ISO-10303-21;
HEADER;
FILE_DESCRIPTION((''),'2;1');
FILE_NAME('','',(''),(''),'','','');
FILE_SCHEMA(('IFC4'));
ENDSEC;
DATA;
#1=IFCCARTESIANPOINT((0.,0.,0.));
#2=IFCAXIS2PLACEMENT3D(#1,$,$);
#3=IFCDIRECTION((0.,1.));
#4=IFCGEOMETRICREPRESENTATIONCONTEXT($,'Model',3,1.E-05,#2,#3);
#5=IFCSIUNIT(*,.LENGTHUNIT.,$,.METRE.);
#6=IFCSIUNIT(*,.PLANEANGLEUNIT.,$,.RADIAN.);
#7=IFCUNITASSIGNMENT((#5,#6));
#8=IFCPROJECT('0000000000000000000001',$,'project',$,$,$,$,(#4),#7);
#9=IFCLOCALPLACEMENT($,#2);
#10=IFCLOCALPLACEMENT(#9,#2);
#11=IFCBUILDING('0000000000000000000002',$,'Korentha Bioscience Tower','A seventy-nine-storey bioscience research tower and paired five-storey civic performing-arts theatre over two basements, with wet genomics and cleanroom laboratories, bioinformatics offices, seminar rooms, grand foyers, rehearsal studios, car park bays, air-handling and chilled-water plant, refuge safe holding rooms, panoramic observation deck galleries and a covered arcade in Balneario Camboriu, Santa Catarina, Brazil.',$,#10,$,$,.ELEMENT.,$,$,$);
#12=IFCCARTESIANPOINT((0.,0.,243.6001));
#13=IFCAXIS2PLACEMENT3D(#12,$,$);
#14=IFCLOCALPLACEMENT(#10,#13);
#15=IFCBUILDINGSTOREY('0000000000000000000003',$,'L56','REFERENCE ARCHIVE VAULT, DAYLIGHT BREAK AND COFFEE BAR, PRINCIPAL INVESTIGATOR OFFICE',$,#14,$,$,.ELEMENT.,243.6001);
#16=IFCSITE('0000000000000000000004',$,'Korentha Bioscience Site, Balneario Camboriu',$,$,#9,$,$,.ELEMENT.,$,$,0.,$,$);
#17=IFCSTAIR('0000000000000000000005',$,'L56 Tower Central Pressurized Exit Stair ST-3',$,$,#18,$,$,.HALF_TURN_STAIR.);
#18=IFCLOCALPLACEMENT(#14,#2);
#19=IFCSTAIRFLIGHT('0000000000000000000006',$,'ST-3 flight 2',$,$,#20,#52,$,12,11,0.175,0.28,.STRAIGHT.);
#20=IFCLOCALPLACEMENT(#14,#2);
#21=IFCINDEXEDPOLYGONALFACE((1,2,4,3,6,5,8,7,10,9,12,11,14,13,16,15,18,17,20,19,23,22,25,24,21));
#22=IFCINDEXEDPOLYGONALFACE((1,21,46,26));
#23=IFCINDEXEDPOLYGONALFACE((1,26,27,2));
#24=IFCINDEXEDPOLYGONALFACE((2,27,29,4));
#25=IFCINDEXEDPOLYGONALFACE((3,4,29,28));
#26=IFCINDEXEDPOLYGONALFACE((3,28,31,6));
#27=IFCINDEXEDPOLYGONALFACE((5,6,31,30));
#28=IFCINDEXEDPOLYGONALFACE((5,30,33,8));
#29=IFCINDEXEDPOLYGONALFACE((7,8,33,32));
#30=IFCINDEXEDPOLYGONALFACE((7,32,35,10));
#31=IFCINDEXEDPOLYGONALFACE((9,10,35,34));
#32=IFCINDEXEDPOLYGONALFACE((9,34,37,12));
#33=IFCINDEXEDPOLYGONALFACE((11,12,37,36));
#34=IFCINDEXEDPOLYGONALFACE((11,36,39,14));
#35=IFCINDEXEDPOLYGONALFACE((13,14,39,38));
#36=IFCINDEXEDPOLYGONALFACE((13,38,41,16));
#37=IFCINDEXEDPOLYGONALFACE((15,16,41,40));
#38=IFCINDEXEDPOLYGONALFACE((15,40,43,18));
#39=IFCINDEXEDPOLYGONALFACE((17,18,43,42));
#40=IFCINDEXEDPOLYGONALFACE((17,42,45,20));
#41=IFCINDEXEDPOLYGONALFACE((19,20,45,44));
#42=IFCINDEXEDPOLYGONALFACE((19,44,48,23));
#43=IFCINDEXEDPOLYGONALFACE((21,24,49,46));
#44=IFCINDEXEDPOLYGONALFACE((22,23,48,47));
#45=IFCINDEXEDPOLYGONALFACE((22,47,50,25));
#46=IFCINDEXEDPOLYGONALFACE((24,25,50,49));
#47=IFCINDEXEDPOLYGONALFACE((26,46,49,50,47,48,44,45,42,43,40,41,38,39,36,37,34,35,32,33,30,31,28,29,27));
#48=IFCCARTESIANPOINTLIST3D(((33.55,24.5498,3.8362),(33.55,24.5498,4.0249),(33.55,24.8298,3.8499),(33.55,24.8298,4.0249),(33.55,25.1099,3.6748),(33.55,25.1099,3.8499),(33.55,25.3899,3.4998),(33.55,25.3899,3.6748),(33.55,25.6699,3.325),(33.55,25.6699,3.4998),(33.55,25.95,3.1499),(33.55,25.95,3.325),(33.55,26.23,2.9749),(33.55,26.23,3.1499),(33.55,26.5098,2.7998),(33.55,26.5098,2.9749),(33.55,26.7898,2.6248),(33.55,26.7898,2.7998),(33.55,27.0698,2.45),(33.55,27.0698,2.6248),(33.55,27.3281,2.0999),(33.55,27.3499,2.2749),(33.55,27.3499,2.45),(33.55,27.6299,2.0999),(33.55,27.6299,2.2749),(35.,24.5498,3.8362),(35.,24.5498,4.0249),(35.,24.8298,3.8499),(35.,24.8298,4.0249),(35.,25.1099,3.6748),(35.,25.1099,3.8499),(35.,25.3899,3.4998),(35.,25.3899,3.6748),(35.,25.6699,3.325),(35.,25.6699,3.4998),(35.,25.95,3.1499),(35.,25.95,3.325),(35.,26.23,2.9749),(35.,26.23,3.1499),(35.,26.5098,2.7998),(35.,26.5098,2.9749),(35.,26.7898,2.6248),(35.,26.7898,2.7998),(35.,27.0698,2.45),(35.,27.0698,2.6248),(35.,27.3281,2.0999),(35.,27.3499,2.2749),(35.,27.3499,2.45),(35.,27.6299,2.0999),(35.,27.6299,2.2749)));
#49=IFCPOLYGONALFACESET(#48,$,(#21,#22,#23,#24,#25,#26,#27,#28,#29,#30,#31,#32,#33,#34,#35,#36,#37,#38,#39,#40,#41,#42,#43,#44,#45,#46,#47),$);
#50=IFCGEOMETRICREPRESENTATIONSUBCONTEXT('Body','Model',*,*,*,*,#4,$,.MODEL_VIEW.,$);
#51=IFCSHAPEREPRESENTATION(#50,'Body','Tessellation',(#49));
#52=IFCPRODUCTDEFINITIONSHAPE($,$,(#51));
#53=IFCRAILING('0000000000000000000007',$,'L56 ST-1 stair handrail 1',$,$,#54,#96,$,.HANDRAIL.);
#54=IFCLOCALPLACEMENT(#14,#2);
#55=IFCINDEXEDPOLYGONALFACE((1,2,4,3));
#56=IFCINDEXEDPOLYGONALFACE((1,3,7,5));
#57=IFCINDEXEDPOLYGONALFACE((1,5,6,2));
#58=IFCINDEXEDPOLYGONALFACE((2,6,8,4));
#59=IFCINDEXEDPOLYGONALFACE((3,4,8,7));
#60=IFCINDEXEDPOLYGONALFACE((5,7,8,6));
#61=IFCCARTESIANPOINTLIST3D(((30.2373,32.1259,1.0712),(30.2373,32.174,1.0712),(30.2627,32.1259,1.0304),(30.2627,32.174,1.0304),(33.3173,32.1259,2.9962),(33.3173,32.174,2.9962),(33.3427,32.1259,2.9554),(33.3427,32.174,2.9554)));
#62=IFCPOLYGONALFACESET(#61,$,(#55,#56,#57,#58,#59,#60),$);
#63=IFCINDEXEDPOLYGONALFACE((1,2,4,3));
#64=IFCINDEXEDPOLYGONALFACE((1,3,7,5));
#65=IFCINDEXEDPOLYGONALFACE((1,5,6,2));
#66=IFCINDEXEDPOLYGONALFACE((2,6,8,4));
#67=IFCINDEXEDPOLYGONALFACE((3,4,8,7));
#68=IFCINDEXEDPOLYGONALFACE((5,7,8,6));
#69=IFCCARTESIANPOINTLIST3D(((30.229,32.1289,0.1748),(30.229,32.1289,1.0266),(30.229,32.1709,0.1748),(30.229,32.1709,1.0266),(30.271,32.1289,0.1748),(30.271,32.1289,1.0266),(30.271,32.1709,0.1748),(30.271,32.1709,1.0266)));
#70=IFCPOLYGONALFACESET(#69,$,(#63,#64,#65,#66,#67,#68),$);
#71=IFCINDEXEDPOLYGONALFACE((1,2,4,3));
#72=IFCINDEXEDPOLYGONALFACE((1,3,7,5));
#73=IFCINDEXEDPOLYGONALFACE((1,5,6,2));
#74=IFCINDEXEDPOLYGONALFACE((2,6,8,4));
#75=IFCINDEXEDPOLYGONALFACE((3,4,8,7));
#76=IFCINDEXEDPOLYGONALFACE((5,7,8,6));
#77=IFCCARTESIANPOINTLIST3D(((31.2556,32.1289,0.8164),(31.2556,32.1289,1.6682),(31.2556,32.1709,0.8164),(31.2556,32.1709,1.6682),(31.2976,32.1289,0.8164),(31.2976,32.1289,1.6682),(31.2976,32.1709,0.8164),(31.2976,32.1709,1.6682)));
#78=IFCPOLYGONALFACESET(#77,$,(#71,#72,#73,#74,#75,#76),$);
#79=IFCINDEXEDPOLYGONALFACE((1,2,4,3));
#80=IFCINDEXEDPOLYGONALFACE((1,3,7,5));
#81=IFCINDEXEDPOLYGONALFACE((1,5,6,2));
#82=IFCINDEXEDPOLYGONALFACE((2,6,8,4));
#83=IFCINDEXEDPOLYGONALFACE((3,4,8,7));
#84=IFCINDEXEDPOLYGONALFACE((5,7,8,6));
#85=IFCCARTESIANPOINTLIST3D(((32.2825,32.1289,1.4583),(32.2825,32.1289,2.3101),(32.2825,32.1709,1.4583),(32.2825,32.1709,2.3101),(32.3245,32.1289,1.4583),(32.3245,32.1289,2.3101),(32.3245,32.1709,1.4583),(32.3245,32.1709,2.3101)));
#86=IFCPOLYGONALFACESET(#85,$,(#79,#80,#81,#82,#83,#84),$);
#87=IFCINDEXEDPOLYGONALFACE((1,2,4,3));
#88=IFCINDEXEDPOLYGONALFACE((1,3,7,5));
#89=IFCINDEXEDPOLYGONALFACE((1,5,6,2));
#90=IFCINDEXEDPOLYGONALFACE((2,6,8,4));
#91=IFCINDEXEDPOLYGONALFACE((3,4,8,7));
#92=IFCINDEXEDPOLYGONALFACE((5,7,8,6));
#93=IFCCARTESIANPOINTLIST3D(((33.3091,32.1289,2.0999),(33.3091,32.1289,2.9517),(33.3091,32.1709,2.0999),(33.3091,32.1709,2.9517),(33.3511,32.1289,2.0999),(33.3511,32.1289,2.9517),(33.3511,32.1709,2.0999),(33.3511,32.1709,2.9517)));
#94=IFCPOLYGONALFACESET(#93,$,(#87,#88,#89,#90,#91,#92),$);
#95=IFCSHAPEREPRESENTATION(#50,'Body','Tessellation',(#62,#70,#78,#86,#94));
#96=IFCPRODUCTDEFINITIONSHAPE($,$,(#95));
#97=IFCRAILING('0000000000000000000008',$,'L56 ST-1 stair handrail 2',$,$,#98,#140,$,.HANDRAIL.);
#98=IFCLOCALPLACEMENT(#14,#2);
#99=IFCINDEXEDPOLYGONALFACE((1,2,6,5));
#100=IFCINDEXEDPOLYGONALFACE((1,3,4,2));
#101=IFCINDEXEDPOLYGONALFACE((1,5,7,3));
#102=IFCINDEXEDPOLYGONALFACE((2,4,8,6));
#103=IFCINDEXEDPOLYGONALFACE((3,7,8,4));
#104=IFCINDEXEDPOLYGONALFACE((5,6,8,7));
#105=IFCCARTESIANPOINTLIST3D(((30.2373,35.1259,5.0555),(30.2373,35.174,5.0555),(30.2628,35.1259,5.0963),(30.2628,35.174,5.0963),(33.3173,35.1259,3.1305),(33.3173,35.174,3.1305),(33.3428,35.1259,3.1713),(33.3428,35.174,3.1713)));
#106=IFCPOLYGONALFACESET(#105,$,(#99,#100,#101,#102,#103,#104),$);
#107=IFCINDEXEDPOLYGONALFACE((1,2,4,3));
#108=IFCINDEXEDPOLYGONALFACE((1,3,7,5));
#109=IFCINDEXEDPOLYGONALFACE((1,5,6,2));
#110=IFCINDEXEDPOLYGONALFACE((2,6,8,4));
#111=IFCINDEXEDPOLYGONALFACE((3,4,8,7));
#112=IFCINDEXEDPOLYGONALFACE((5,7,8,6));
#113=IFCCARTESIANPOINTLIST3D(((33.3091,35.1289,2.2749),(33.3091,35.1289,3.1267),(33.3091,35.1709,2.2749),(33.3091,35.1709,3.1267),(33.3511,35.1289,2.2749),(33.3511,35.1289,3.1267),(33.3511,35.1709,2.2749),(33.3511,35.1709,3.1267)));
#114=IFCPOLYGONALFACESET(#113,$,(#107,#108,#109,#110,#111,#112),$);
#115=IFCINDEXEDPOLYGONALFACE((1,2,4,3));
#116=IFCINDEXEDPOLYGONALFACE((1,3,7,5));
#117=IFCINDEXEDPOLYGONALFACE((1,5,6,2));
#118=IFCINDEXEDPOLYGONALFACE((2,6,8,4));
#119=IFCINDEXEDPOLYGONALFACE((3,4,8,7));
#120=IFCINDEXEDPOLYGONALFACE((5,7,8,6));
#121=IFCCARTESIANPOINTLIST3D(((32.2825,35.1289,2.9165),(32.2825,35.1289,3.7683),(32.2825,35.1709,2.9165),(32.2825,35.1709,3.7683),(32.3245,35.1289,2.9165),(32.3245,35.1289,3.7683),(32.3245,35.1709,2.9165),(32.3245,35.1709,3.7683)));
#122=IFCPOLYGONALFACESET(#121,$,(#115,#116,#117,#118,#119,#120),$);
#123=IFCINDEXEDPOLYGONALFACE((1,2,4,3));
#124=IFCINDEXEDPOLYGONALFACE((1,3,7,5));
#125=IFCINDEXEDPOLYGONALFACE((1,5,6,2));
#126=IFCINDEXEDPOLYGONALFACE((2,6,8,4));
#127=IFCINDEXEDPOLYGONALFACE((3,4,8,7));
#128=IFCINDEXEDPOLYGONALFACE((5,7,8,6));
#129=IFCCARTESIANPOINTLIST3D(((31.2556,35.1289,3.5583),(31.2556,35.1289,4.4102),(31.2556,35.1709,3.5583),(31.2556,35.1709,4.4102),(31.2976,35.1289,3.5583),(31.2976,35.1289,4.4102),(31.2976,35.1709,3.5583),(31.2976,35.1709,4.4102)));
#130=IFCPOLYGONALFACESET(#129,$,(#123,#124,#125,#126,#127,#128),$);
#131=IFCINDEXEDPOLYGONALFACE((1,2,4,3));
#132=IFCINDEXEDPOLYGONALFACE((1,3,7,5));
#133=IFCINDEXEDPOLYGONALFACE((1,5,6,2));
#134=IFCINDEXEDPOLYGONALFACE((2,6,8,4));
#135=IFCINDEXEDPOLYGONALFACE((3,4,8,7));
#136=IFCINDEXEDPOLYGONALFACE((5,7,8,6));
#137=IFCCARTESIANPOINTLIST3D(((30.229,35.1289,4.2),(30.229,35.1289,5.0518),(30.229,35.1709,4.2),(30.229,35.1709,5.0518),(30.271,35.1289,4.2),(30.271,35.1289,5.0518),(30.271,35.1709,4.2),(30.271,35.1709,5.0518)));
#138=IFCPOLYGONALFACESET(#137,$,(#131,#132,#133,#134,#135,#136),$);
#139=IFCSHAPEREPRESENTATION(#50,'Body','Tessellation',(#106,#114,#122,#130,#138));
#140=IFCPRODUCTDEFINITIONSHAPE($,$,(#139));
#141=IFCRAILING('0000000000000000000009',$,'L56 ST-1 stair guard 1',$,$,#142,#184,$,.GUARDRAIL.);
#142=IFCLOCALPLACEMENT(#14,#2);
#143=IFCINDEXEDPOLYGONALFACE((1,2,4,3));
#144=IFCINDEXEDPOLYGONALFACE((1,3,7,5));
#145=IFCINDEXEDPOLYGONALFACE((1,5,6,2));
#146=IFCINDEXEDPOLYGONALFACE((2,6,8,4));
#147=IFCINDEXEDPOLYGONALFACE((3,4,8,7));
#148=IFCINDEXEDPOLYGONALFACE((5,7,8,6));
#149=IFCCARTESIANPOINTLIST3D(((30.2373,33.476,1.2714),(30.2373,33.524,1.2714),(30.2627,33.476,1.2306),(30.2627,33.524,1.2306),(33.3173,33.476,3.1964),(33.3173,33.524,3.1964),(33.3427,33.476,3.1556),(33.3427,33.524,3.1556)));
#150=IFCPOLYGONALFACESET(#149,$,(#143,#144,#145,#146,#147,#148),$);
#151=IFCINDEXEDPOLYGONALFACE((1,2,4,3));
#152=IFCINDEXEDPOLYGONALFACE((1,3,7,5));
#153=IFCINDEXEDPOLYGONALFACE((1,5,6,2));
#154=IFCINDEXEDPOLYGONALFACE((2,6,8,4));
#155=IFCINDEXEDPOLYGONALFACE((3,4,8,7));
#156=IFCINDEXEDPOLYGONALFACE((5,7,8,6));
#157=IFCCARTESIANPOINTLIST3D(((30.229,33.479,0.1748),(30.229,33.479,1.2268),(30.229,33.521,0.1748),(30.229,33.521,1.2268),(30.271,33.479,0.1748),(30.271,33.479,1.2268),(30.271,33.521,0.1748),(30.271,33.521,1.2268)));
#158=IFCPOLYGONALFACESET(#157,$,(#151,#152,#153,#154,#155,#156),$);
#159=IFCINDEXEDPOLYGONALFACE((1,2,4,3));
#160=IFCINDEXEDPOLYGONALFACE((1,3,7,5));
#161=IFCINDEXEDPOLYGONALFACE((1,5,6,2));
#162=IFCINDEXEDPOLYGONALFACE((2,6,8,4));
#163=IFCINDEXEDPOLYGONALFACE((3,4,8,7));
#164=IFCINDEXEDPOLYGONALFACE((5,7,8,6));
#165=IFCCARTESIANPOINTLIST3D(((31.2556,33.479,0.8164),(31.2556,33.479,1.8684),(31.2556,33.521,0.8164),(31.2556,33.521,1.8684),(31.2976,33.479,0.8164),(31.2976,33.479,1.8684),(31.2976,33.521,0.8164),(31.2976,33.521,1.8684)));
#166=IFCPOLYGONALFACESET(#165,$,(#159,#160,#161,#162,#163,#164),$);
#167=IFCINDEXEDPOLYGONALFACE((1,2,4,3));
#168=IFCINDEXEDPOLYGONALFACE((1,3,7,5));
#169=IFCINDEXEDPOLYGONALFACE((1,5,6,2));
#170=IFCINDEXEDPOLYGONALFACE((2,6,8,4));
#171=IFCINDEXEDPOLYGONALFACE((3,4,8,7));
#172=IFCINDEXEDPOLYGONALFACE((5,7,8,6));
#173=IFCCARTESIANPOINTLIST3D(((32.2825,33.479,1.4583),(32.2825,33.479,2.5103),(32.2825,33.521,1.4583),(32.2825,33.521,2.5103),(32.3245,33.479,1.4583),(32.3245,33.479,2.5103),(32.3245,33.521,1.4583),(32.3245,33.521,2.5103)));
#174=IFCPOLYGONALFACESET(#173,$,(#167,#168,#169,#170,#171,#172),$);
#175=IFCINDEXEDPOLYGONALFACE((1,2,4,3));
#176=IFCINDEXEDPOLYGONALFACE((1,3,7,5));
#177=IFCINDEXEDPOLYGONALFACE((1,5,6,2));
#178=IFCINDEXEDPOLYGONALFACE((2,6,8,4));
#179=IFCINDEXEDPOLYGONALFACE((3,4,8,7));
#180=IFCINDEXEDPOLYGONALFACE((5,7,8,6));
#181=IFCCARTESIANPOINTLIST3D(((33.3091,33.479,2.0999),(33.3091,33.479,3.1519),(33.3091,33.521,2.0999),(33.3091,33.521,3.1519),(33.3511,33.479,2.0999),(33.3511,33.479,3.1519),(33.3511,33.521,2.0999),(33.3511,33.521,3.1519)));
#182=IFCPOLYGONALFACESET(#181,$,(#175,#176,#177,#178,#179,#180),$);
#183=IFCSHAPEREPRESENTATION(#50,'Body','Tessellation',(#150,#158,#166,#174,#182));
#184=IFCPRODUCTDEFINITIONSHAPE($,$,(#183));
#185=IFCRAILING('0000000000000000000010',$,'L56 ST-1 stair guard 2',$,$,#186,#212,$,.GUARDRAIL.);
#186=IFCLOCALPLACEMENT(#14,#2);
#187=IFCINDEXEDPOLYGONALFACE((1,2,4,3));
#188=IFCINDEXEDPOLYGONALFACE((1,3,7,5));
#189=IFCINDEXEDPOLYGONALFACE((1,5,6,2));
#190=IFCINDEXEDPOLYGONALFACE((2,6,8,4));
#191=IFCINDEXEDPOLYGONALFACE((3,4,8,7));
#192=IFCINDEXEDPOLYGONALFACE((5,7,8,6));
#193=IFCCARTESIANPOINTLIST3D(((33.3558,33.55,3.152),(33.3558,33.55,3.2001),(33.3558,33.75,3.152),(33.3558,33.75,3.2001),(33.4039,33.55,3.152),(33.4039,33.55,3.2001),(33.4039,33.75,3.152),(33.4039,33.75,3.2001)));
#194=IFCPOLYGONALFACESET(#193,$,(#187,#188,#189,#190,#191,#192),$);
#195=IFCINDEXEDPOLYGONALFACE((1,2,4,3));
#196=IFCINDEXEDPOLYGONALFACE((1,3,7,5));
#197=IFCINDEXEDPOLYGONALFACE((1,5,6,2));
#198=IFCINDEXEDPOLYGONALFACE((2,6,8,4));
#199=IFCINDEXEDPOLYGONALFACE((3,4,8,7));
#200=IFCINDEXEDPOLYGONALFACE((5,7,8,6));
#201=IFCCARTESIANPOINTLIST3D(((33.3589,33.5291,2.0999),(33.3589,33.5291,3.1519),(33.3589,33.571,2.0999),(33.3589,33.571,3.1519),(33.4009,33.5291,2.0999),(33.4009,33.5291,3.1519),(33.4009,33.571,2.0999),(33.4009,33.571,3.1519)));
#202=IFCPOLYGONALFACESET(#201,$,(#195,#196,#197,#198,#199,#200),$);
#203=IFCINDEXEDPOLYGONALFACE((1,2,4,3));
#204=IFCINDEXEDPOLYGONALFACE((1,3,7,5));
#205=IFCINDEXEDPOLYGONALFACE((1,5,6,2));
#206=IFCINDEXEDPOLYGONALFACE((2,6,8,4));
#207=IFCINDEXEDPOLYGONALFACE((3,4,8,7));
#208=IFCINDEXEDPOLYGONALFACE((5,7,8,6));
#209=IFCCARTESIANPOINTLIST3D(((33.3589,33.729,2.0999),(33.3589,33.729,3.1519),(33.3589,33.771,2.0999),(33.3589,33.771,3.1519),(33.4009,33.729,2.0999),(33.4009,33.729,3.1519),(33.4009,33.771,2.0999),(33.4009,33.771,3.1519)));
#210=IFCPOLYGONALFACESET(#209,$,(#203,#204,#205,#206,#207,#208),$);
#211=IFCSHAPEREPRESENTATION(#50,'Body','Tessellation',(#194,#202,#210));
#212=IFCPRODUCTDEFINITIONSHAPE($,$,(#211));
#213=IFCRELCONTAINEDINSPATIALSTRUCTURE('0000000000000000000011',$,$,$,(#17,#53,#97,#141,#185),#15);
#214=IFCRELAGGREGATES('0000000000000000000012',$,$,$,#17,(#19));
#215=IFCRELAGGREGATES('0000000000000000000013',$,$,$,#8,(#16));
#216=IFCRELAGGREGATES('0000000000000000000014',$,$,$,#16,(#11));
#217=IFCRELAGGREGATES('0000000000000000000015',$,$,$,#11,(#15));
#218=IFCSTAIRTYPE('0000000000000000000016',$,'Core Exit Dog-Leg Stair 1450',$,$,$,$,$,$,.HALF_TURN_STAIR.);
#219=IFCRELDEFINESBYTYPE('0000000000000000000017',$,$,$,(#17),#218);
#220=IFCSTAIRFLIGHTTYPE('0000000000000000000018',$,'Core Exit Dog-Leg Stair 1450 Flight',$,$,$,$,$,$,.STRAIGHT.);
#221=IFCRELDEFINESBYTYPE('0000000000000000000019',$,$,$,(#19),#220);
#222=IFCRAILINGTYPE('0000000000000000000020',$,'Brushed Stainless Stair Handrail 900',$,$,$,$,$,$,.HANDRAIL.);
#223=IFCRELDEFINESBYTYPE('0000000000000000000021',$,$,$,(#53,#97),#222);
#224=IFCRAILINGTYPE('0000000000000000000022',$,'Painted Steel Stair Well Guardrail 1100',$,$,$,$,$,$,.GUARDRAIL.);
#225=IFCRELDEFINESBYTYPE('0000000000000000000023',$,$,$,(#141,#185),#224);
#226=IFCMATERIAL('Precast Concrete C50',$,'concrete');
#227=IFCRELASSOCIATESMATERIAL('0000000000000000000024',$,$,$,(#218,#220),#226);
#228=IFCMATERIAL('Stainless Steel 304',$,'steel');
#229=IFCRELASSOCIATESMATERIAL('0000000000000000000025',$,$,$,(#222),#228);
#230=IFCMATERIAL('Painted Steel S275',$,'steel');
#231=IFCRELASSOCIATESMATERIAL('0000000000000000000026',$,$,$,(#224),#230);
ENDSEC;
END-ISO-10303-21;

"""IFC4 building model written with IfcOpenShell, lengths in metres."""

from ifc_helpers import new_model, si_unit, direction, frame, origin, origin_2d, place, context, subcontext, project, spatial, polyline, rectangle, outline, extrude, material, type_object, element, aggregate, save


model = new_model("IFC4")

# Units and contexts
model_context = context("Model", 3, precision=1e-05, world=origin(), true_north=direction((0.0, 1.0)))
body_context = subcontext(model_context, "Body", "Model", "MODEL_VIEW")
ifc_project = project(units=[si_unit("LENGTHUNIT", "METRE"), si_unit("PLANEANGLEUNIT", "RADIAN")], contexts=[model_context])

# Site, building, storey
site_placement = place(None, origin())
site = spatial("IfcSite", under=ifc_project, at=site_placement, Name="Korentha Bioscience Site, Balneario Camboriu", CompositionType="ELEMENT", RefElevation=0.0)
building_placement = place(site_placement, origin())
building = spatial("IfcBuilding", under=site, at=building_placement, Name="Korentha Bioscience Tower", Description="A seventy-nine-storey bioscience research tower and paired five-storey civic performing-arts theatre over two basements, with wet genomics and cleanroom laboratories, bioinformatics offices, seminar rooms, grand foyers, rehearsal studios, car park bays, air-handling and chilled-water plant, refuge safe holding rooms, panoramic observation deck galleries and a covered arcade in Balneario Camboriu, Santa Catarina, Brazil.", CompositionType="ELEMENT")
storey_placement = place(building_placement, frame((0.0, 0.0, 243.6001)))
storey = spatial("IfcBuildingStorey", under=building, at=storey_placement, Name="L56", Description="REFERENCE ARCHIVE VAULT, DAYLIGHT BREAK AND COFFEE BAR, PRINCIPAL INVESTIGATOR OFFICE", CompositionType="ELEMENT", Elevation=243.6001)

# Shared definitions
ifc_material_1 = material(Name="Precast Concrete C50", Category="concrete")
stair_type = type_object("IfcStairType", Name="Core Exit Dog-Leg Stair 1450", PredefinedType="HALF_TURN_STAIR", material=ifc_material_1)
stair_flight_type = type_object("IfcStairFlightType", Name="Core Exit Dog-Leg Stair 1450 Flight", PredefinedType="STRAIGHT", material=ifc_material_1)

# Stair, stair flight
stair_1_placement = place(storey_placement, origin())
stair_1 = element("IfcStair", 1, at=stair_1_placement, inside=storey, type_object=stair_type, Name="L56 Tower Central Pressurized Exit Stair ST-3", PredefinedType="HALF_TURN_STAIR")
stair_flight_1_placement = place(storey_placement, frame((34.2749, 27.6299, 2.0999), z_axis=(0.0, 0.0, 1.0), x_axis=(0.0, -1.0, 0.0)))
stair_flight_1 = element("IfcStairFlight", 2, at=stair_flight_1_placement, type_object=stair_flight_type, Name="ST-3 flight 2", NumberOfRisers=12, NumberOfTreads=11, PredefinedType="STRAIGHT", RiserHeight=0.175, TreadLength=0.28, context=body_context, shape_type="SweptSolid", body=[
    extrude(outline(polyline([(0.0, 0.0), (0.0, 0.175), (0.28, 0.175), (0.28, 0.3501), (0.5601, 0.3501), (0.5601, 0.5249), (0.8401, 0.5249), (0.8401, 0.7), (1.1201, 0.7), (1.1201, 0.875), (1.3999, 0.875), (1.3999, 1.05), (1.6799, 1.05), (1.6799, 1.2251), (1.96, 1.2251), (1.96, 1.3999), (2.24, 1.3999), (2.24, 1.575), (2.52, 1.575), (2.52, 1.75), (2.8, 1.75), (2.8, 1.925), (3.0801, 1.925), (3.0801, 2.1001), (3.0801, 1.7363), (0.3018, 0.0), (0.0, 0.0)])), frame((0.0, 0.7251, 0.0), z_axis=(0.0, -1.0, 0.0), x_axis=(1.0, 0.0, 0.0)), (0.0, 0.0, 1.0), 1.45),
])
aggregate(stair_1, [stair_flight_1])

# Railings
ifc_material_2 = material(Name="Stainless Steel 304", Category="steel")
railing_type_1 = type_object("IfcRailingType", Name="Brushed Stainless Stair Handrail 900", PredefinedType="HANDRAIL", material=ifc_material_2)
railing_1_placement = place(storey_placement, frame((30.25, 32.1499, 0.1748)))
element("IfcRailing", 3, at=railing_1_placement, inside=storey, type_object=railing_type_1, Name="L56 ST-1 stair handrail 1", PredefinedType="HANDRAIL", context=body_context, shape_type="SweptSolid", body=[
    extrude(rectangle(XDim=0.0481, YDim=0.0481, at=origin_2d()), frame((0.0, 0.0, 0.876), z_axis=(0.847998, 0.0, 0.529999), x_axis=(0.0, 1.0, 0.0)), (0.0, 0.0, 1.0), 3.6321),
    extrude(rectangle(XDim=0.042, YDim=0.042, at=origin_2d()), origin(), (0.0, 0.0, 1.0), 0.8518),
    extrude(rectangle(XDim=0.042, YDim=0.042, at=origin_2d()), frame((1.0266, 0.0, 0.6416)), (0.0, 0.0, 1.0), 0.8518),
    extrude(rectangle(XDim=0.042, YDim=0.042, at=origin_2d()), frame((2.0535, 0.0, 1.2834)), (0.0, 0.0, 1.0), 0.8518),
    extrude(rectangle(XDim=0.042, YDim=0.042, at=origin_2d()), frame((3.0801, 0.0, 1.925)), (0.0, 0.0, 1.0), 0.8518),
])
railing_2_placement = place(storey_placement, frame((33.3301, 35.1499, 2.2749)))
element("IfcRailing", 4, at=railing_2_placement, inside=storey, type_object=railing_type_1, Name="L56 ST-1 stair handrail 2", PredefinedType="HANDRAIL", context=body_context, shape_type="SweptSolid", body=[
    extrude(rectangle(XDim=0.0481, YDim=0.0481, at=origin_2d()), frame((0.0, 0.0, 0.876), z_axis=(-0.847998, 0.0, 0.529999), x_axis=(0.0, -1.0, 0.0)), (0.0, 0.0, 1.0), 3.6321),
    extrude(rectangle(XDim=0.042, YDim=0.042, at=origin_2d()), origin(), (0.0, 0.0, 1.0), 0.8518),
    extrude(rectangle(XDim=0.042, YDim=0.042, at=origin_2d()), frame((-1.0266, 0.0, 0.6416)), (0.0, 0.0, 1.0), 0.8518),
    extrude(rectangle(XDim=0.042, YDim=0.042, at=origin_2d()), frame((-2.0535, 0.0, 1.2834)), (0.0, 0.0, 1.0), 0.8518),
    extrude(rectangle(XDim=0.042, YDim=0.042, at=origin_2d()), frame((-3.0801, 0.0, 1.925)), (0.0, 0.0, 1.0), 0.8518),
])
ifc_material_3 = material(Name="Painted Steel S275", Category="steel")
railing_type_2 = type_object("IfcRailingType", Name="Painted Steel Stair Well Guardrail 1100", PredefinedType="GUARDRAIL", material=ifc_material_3)
railing_3_placement = place(storey_placement, frame((30.25, 33.5, 0.1748)))
element("IfcRailing", 5, at=railing_3_placement, inside=storey, type_object=railing_type_2, Name="L56 ST-1 stair guard 1", PredefinedType="GUARDRAIL", context=body_context, shape_type="SweptSolid", body=[
    extrude(rectangle(XDim=0.0481, YDim=0.0481, at=origin_2d()), frame((0.0, 0.0, 1.0762), z_axis=(0.847998, 0.0, 0.529999), x_axis=(0.0, 1.0, 0.0)), (0.0, 0.0, 1.0), 3.6321),
    extrude(rectangle(XDim=0.042, YDim=0.042, at=origin_2d()), origin(), (0.0, 0.0, 1.0), 1.052),
    extrude(rectangle(XDim=0.042, YDim=0.042, at=origin_2d()), frame((1.0266, 0.0, 0.6416)), (0.0, 0.0, 1.0), 1.052),
    extrude(rectangle(XDim=0.042, YDim=0.042, at=origin_2d()), frame((2.0535, 0.0, 1.2834)), (0.0, 0.0, 1.0), 1.052),
    extrude(rectangle(XDim=0.042, YDim=0.042, at=origin_2d()), frame((3.0801, 0.0, 1.925)), (0.0, 0.0, 1.0), 1.052),
])
railing_4_placement = place(storey_placement, frame((33.3799, 33.55, 2.0999)))
element("IfcRailing", 6, at=railing_4_placement, inside=storey, type_object=railing_type_2, Name="L56 ST-1 stair guard 2", PredefinedType="GUARDRAIL", context=body_context, shape_type="SweptSolid", body=[
    extrude(rectangle(XDim=0.0481, YDim=0.0481, at=origin_2d()), frame((0.0, 0.0, 1.0762), z_axis=(0.0, 1.0, 0.0), x_axis=(-1.0, 0.0, 0.0)), (0.0, 0.0, 1.0), 0.2),
    extrude(rectangle(XDim=0.042, YDim=0.042, at=origin_2d()), origin(), (0.0, 0.0, 1.0), 1.052),
    extrude(rectangle(XDim=0.042, YDim=0.042, at=origin_2d()), frame((0.0, 0.2, 0.0)), (0.0, 0.0, 1.0), 1.052),
])

save(model, "model.ifc")
